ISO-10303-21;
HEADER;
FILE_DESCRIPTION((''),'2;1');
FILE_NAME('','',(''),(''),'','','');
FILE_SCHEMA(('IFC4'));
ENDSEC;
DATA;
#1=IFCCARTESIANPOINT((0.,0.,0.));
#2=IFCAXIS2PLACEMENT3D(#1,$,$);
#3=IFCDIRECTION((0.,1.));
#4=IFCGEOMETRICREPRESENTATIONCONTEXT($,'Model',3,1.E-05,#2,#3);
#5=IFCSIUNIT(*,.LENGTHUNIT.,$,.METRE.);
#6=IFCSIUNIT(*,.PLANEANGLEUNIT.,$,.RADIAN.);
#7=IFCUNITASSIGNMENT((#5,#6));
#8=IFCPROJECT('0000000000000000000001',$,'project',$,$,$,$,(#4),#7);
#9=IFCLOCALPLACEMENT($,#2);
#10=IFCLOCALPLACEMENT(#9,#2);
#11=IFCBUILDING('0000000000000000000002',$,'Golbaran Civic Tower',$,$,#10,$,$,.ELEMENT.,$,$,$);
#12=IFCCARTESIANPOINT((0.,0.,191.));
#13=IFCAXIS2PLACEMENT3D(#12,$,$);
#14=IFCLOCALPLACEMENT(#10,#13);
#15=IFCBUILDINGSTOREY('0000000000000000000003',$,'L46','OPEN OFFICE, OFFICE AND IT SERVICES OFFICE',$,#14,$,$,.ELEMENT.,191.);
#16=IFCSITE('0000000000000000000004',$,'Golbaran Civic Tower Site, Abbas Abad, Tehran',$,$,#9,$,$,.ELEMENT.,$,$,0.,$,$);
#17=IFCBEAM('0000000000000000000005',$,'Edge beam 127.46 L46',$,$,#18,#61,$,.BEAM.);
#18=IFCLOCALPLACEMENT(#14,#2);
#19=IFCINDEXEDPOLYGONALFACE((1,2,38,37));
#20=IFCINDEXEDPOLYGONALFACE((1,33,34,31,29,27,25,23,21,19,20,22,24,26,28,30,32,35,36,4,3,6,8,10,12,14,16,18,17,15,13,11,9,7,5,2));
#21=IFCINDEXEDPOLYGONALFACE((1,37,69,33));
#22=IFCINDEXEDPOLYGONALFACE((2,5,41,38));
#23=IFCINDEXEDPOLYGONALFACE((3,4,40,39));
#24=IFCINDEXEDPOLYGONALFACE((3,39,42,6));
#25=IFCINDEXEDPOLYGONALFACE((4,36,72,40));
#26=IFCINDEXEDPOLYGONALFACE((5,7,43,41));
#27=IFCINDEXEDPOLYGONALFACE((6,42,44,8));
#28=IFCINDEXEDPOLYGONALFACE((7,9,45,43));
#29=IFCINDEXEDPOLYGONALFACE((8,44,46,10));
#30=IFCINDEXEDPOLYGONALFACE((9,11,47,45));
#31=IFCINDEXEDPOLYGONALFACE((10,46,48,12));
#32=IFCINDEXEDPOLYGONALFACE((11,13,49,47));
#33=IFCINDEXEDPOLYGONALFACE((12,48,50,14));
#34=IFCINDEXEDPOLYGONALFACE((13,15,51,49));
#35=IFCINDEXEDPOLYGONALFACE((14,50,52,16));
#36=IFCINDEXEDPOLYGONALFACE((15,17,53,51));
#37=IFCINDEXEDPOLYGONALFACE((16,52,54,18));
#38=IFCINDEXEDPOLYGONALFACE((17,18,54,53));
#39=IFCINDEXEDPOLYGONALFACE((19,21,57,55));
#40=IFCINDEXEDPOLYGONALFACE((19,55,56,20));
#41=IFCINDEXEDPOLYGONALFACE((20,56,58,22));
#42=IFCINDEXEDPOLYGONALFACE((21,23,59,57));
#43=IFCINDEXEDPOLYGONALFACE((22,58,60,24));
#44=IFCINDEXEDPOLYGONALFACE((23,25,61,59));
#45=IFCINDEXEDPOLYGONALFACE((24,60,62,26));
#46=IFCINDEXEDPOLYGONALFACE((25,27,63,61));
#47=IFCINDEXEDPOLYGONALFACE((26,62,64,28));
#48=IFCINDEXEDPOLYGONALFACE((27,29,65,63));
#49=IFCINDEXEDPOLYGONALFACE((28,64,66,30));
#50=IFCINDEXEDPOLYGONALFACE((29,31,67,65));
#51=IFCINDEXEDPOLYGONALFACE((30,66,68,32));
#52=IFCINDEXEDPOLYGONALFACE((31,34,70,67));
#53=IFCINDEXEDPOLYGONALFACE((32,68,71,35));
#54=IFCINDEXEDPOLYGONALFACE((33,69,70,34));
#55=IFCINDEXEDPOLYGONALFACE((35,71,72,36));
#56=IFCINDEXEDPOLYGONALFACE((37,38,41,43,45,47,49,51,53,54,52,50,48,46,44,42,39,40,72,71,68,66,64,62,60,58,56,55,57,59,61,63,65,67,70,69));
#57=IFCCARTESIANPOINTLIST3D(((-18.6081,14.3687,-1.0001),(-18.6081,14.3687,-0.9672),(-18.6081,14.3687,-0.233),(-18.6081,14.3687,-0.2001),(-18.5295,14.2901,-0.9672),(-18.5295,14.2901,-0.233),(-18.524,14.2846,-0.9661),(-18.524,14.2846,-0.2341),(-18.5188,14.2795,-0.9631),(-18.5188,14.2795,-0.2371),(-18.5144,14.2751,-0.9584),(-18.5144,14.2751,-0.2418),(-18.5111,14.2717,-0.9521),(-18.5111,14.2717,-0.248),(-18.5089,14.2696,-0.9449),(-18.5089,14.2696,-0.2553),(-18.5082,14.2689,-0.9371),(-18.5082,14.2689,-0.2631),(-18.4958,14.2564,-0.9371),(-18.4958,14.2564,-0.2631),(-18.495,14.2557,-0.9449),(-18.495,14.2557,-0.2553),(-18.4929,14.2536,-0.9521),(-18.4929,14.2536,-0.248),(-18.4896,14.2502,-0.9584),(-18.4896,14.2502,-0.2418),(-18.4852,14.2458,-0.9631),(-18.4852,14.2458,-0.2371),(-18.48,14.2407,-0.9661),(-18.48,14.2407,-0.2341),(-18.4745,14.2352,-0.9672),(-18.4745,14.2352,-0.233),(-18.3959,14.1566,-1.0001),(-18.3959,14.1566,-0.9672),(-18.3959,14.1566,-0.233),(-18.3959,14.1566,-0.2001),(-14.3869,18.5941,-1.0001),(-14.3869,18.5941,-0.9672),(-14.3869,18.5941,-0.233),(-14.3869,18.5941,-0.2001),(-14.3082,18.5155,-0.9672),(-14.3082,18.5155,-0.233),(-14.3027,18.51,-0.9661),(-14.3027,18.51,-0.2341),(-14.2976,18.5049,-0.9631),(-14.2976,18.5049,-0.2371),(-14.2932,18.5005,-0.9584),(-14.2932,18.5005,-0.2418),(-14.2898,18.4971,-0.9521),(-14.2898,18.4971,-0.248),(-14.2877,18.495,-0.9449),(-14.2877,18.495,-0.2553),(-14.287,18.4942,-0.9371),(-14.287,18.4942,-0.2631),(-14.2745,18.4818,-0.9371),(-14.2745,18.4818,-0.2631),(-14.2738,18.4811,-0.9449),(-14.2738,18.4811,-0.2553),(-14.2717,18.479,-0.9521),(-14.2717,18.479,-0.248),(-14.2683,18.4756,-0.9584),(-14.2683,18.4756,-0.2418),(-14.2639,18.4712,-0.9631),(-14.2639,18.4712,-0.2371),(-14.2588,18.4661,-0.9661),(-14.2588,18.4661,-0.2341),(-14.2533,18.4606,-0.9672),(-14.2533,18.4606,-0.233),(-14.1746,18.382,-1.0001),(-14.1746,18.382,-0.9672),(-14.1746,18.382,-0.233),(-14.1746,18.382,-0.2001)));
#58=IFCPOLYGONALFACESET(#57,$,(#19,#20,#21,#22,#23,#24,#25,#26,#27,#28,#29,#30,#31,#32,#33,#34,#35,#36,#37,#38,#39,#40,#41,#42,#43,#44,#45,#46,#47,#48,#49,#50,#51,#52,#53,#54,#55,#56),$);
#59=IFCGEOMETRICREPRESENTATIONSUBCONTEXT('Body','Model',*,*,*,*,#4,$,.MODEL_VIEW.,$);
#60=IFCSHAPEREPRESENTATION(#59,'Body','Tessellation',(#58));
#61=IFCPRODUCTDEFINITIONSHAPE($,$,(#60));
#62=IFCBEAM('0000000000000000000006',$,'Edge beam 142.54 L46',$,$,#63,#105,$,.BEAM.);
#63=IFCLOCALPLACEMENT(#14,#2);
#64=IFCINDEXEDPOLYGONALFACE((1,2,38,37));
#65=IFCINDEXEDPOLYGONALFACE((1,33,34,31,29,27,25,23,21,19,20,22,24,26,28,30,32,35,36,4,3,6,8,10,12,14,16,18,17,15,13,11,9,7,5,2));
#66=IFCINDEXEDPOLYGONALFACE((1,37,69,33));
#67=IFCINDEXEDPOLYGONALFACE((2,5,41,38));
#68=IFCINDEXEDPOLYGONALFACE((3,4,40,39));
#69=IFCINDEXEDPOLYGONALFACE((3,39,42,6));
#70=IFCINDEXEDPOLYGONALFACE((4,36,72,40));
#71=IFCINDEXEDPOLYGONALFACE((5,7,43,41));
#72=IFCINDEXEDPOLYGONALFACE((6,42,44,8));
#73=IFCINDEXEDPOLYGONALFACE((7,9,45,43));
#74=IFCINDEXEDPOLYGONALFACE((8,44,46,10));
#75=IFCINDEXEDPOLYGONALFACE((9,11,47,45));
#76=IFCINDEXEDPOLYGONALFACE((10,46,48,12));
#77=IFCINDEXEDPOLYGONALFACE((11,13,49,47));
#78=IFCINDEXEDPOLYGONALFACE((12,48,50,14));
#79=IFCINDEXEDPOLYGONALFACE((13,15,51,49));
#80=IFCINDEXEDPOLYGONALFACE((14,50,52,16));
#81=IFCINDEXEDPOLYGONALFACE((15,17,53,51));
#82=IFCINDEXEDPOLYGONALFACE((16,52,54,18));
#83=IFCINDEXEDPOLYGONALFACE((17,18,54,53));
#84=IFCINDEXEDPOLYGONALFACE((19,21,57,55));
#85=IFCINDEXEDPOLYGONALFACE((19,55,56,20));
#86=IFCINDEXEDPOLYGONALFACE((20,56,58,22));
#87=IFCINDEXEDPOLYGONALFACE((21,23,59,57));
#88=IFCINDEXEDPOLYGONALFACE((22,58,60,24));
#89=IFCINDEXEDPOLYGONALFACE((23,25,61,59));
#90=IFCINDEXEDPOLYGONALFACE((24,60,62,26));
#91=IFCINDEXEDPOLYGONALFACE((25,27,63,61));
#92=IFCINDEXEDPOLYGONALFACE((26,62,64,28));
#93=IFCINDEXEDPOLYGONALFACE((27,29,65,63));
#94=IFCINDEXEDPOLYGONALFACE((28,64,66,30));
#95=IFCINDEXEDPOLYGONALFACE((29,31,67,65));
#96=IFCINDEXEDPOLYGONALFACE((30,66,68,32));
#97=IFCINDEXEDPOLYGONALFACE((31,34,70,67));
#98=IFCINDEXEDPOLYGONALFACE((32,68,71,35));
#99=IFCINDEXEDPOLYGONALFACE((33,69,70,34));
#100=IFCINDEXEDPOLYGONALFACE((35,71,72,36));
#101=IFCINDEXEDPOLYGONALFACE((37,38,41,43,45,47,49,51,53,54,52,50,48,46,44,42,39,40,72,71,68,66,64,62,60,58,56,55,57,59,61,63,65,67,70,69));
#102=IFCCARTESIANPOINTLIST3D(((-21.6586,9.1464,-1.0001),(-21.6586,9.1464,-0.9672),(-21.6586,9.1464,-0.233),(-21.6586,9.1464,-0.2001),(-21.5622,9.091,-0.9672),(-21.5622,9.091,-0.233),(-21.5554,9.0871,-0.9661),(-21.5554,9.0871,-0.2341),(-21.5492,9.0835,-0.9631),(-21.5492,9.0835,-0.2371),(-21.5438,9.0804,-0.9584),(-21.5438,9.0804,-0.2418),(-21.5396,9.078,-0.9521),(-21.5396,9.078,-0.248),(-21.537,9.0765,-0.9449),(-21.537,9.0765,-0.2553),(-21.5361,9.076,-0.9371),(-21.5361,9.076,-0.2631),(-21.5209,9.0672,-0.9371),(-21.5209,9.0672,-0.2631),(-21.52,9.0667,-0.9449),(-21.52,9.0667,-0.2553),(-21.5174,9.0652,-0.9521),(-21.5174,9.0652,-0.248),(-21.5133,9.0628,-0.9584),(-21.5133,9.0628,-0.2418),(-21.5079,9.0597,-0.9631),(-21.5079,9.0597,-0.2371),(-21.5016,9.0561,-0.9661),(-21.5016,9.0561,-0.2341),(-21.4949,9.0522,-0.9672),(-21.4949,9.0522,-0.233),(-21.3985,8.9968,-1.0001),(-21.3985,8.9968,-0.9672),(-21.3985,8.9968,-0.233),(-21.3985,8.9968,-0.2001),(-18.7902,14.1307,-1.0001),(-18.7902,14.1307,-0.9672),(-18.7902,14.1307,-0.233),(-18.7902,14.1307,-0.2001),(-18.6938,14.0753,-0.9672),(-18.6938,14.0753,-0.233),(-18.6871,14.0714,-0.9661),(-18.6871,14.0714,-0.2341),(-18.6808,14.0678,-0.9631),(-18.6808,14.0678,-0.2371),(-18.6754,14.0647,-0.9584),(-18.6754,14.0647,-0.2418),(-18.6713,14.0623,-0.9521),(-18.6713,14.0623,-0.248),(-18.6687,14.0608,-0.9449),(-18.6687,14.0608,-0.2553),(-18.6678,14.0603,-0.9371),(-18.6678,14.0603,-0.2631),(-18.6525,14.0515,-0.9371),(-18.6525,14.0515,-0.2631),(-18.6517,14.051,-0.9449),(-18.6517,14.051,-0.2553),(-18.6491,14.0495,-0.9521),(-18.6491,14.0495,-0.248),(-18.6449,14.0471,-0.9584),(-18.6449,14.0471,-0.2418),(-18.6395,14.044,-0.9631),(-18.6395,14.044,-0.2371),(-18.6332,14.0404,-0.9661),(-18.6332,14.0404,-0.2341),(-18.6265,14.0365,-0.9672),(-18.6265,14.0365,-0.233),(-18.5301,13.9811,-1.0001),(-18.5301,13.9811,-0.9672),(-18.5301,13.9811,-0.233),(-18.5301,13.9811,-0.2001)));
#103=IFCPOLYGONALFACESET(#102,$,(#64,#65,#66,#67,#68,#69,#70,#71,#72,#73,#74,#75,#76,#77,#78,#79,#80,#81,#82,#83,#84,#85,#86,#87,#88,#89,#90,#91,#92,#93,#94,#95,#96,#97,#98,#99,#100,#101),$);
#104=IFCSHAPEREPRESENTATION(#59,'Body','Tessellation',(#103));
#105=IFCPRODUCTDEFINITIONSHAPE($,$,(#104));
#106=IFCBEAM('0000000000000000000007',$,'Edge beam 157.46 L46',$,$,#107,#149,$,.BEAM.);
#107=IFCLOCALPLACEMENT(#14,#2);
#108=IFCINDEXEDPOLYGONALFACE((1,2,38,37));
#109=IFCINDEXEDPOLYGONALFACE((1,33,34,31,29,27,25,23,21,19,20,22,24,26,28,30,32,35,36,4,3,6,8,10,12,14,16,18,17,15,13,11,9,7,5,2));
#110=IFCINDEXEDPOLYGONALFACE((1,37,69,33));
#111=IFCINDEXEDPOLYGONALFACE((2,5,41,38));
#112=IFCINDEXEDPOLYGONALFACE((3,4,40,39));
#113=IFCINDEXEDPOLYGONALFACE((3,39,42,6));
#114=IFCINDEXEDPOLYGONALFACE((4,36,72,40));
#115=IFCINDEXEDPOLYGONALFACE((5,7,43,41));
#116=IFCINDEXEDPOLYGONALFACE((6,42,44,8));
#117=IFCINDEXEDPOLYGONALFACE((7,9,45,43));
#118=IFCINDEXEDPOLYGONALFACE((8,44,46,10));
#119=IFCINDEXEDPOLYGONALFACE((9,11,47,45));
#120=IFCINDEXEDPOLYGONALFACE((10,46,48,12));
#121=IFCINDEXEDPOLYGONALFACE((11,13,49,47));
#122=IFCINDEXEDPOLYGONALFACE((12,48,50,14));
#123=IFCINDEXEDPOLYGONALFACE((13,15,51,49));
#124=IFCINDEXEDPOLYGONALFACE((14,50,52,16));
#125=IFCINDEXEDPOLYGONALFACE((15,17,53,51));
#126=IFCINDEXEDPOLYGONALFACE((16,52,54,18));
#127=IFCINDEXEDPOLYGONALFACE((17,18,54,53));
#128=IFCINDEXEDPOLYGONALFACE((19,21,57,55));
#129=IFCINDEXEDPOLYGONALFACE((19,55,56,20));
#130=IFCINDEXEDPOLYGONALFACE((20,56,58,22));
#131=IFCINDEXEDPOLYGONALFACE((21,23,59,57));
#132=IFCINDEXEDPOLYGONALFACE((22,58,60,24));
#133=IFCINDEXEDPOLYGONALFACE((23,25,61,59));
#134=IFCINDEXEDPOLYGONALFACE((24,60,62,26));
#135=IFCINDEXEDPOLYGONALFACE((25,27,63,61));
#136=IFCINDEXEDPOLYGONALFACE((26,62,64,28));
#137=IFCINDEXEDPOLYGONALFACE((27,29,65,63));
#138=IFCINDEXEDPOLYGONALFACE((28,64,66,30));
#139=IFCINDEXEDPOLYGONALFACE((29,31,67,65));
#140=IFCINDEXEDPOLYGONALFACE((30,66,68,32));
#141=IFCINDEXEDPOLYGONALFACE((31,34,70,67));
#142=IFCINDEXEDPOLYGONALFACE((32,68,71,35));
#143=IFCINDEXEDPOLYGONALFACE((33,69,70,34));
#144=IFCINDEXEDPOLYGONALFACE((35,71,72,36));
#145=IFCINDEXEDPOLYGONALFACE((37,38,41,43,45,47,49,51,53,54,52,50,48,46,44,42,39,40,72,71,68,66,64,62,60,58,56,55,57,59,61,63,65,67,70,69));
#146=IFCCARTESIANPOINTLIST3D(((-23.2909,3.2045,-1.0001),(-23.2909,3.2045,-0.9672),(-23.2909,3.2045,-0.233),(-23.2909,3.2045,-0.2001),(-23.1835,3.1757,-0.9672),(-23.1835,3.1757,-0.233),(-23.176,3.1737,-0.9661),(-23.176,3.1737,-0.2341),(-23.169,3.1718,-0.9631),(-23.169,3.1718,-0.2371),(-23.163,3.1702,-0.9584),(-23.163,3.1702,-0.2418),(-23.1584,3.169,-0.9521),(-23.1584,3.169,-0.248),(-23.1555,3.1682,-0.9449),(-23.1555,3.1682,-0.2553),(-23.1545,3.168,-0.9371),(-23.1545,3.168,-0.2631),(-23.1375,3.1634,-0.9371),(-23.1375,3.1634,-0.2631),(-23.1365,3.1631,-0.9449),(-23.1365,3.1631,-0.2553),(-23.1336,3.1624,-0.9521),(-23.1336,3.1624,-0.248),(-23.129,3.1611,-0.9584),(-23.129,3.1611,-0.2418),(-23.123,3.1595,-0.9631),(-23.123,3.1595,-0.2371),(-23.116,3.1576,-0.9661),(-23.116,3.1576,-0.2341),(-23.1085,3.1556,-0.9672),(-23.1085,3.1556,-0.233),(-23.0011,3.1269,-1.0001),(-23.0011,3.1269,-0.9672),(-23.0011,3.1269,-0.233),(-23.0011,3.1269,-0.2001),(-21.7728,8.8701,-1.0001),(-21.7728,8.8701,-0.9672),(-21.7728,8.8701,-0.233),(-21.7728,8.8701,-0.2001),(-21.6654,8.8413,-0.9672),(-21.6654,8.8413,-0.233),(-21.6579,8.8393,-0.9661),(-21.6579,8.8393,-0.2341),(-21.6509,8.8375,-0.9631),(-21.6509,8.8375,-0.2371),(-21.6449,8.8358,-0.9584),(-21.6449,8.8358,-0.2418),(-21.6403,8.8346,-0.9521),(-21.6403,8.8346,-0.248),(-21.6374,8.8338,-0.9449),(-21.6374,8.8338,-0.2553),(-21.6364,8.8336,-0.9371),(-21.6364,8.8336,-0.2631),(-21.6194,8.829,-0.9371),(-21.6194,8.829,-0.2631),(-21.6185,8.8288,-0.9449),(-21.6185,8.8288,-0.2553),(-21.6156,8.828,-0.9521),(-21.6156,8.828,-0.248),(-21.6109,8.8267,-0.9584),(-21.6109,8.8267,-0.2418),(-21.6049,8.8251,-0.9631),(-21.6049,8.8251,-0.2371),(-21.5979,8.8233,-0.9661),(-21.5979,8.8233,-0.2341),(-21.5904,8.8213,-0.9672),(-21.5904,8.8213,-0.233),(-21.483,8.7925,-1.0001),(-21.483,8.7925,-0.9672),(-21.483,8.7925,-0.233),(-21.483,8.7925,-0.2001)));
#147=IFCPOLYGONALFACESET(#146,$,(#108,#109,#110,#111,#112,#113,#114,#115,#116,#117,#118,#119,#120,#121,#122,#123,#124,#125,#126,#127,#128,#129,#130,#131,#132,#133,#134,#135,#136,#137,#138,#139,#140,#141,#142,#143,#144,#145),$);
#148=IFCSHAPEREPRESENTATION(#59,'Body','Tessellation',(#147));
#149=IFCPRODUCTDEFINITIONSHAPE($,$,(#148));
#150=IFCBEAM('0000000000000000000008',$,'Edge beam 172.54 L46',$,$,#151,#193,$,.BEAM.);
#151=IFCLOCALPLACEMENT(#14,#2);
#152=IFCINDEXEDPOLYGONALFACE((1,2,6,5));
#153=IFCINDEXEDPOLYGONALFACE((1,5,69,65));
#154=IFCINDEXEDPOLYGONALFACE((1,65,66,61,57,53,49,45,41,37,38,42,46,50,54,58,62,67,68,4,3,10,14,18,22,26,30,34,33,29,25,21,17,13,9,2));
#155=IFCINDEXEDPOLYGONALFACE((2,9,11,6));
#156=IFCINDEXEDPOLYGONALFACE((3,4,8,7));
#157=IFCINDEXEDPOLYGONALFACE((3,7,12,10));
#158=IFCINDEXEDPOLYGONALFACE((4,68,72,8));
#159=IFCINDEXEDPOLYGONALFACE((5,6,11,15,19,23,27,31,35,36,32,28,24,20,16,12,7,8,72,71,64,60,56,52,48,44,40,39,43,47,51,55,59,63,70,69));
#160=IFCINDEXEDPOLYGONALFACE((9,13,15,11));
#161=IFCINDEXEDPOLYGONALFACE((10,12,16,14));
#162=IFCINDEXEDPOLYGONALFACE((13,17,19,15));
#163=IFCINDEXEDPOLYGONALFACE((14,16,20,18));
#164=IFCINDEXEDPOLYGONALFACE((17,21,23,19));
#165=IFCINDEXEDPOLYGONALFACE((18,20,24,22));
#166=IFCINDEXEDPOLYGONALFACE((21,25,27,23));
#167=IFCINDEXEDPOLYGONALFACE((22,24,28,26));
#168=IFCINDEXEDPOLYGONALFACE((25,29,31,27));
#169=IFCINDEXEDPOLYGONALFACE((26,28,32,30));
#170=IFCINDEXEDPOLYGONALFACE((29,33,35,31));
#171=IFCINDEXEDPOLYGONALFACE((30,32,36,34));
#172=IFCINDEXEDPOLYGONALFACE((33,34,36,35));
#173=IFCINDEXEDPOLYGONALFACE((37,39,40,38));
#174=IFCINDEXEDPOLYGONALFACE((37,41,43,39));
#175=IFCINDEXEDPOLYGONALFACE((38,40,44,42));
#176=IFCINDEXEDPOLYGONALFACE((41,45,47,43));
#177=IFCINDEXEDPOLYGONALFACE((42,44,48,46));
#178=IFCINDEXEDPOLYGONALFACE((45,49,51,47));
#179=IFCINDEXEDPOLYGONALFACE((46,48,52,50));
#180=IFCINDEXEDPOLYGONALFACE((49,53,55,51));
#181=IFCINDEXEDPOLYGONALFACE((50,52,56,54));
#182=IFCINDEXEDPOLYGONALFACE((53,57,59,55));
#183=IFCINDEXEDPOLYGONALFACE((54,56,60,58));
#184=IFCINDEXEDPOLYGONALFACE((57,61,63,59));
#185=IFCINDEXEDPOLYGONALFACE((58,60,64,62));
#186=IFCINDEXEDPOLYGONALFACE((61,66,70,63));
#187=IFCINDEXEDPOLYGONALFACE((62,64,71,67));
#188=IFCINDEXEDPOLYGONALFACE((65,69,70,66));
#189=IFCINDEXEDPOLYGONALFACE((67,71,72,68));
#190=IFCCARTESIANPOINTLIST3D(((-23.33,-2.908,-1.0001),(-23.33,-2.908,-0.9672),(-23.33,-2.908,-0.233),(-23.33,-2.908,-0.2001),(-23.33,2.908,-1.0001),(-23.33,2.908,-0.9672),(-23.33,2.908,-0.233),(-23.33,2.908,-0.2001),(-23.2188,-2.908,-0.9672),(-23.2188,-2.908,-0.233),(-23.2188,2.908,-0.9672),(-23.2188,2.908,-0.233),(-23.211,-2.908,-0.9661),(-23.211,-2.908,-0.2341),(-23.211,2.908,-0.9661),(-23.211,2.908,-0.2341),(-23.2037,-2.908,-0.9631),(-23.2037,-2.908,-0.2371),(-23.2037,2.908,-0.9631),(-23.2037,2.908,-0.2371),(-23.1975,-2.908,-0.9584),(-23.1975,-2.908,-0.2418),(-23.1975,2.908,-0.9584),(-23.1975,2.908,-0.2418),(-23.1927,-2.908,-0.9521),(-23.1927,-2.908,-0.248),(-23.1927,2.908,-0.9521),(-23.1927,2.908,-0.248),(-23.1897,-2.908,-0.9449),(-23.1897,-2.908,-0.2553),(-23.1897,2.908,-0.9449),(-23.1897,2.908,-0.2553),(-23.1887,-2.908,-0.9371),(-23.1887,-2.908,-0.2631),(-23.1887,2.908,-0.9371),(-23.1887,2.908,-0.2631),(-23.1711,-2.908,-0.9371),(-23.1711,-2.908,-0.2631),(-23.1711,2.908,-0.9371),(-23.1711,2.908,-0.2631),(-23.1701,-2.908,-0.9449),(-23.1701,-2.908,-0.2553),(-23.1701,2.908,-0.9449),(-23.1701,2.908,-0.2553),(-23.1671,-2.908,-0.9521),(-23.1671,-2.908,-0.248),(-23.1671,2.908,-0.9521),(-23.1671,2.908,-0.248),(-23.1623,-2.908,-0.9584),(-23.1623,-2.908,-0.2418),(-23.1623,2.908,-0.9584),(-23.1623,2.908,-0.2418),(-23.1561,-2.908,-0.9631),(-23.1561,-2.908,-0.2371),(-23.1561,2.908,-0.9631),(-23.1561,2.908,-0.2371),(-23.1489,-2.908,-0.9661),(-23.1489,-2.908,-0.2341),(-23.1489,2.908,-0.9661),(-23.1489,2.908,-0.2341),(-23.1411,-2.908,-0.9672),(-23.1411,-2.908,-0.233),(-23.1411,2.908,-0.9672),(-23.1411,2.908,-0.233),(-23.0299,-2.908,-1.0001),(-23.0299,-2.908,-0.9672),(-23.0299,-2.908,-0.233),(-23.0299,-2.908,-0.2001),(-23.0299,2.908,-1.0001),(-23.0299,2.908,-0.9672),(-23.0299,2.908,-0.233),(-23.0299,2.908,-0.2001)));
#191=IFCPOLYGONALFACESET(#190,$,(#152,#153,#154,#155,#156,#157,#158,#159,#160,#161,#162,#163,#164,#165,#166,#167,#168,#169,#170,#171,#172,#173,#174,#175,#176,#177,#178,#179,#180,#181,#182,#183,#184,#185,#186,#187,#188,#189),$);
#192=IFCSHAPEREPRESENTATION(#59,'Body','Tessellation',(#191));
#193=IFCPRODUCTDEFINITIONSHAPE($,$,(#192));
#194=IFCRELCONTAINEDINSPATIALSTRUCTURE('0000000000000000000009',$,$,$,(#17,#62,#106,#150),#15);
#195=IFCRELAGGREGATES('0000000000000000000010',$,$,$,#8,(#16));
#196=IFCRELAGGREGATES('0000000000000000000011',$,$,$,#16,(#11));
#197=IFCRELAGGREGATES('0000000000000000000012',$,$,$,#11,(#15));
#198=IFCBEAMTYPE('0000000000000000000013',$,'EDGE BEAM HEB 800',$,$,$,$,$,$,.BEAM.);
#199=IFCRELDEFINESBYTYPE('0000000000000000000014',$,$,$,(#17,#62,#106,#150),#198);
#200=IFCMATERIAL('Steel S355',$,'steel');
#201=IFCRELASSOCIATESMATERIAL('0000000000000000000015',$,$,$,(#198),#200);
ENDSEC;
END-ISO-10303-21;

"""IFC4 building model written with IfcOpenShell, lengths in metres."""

from ifc_helpers import new_model, si_unit, direction, frame, origin, origin_2d, place, context, subcontext, project, spatial, i_section, extrude, material, material_profile, profile_set, type_object, element, save


model = new_model("IFC4")

# Units and contexts
model_context = context("Model", 3, precision=1e-05, world=origin(), true_north=direction((0.0, 1.0)))
body_context = subcontext(model_context, "Body", "Model", "MODEL_VIEW")
ifc_project = project(units=[si_unit("LENGTHUNIT", "METRE"), si_unit("PLANEANGLEUNIT", "RADIAN")], contexts=[model_context])

# Site, building, storey
site_placement = place(None, origin())
site = spatial("IfcSite", under=ifc_project, at=site_placement, Name="Golbaran Civic Tower Site, Abbas Abad, Tehran", CompositionType="ELEMENT", RefElevation=0.0)
building_placement = place(site_placement, origin())
building = spatial("IfcBuilding", under=site, at=building_placement, Name="Golbaran Civic Tower", CompositionType="ELEMENT")
storey_placement = place(building_placement, frame((0.0, 0.0, 191.0)))
storey = spatial("IfcBuildingStorey", under=building, at=storey_placement, Name="L46", Description="OPEN OFFICE, OFFICE AND IT SERVICES OFFICE", CompositionType="ELEMENT", Elevation=191.0)

# Beams
ifc_material_1 = material(Name="Steel S355", Category="steel")
ifc_material_profile_1 = material_profile(ifc_material_1, i_section(OverallWidth=0.3, OverallDepth=0.8, WebThickness=0.0176, FlangeThickness=0.033, FilletRadius=0.03, at=origin_2d()), Name="HEB 800")
ifc_profile_set_1 = profile_set([ifc_material_profile_1], Name="Steel S355")
beam_type_1 = type_object("IfcBeamType", Name="EDGE BEAM HEB 800", PredefinedType="BEAM", material=ifc_profile_set_1)
beam_1_placement = place(storey_placement, frame((-14.2808, 18.488, -0.6001), z_axis=(-0.706759, -0.707454, 0.0), x_axis=(0.707454, -0.706759, 0.0)))
element("IfcBeam", 1, at=beam_1_placement, inside=storey, type_object=beam_type_1, Name="Edge beam 127.46 L46", PredefinedType="BEAM", context=body_context, shape_type="SweptSolid", body=[
    extrude(i_section(OverallWidth=0.3, OverallDepth=0.8, WebThickness=0.0176, FlangeThickness=0.033, FilletRadius=0.03, at=origin_2d()), origin(), (0.0, 0.0, 1.0), 5.9727),
])
beam_2_placement = place(storey_placement, frame((-18.6602, 14.0559, -0.6001), z_axis=(-0.498784, -0.866726, 0.0), x_axis=(0.866726, -0.498784, 0.0)))
element("IfcBeam", 2, at=beam_2_placement, inside=storey, type_object=beam_type_1, Name="Edge beam 142.54 L46", PredefinedType="BEAM", context=body_context, shape_type="SweptSolid", body=[
    extrude(i_section(OverallWidth=0.3, OverallDepth=0.8, WebThickness=0.0176, FlangeThickness=0.033, FilletRadius=0.03, at=origin_2d()), origin(), (0.0, 0.0, 1.0), 5.7507),
])
beam_3_placement = place(storey_placement, frame((-21.6279, 8.8313, -0.6001), z_axis=(-0.258818, -0.965926, 0.0), x_axis=(0.965926, -0.258818, 0.0)))
element("IfcBeam", 3, at=beam_3_placement, inside=storey, type_object=beam_type_1, Name="Edge beam 157.46 L46", PredefinedType="BEAM", context=body_context, shape_type="SweptSolid", body=[
    extrude(i_section(OverallWidth=0.3, OverallDepth=0.8, WebThickness=0.0176, FlangeThickness=0.033, FilletRadius=0.03, at=origin_2d()), origin(), (0.0, 0.0, 1.0), 5.8655),
])
beam_4_placement = place(storey_placement, frame((-23.1799, 2.908, -0.6001), z_axis=(0.0, -1.0, 0.0), x_axis=(1.0, 0.0, 0.0)))
element("IfcBeam", 4, at=beam_4_placement, inside=storey, type_object=beam_type_1, Name="Edge beam 172.54 L46", PredefinedType="BEAM", context=body_context, shape_type="SweptSolid", body=[
    extrude(i_section(OverallWidth=0.3, OverallDepth=0.8, WebThickness=0.0176, FlangeThickness=0.033, FilletRadius=0.03, at=origin_2d()), origin(), (0.0, 0.0, 1.0), 5.8159),
])

save(model, "model.ifc")
